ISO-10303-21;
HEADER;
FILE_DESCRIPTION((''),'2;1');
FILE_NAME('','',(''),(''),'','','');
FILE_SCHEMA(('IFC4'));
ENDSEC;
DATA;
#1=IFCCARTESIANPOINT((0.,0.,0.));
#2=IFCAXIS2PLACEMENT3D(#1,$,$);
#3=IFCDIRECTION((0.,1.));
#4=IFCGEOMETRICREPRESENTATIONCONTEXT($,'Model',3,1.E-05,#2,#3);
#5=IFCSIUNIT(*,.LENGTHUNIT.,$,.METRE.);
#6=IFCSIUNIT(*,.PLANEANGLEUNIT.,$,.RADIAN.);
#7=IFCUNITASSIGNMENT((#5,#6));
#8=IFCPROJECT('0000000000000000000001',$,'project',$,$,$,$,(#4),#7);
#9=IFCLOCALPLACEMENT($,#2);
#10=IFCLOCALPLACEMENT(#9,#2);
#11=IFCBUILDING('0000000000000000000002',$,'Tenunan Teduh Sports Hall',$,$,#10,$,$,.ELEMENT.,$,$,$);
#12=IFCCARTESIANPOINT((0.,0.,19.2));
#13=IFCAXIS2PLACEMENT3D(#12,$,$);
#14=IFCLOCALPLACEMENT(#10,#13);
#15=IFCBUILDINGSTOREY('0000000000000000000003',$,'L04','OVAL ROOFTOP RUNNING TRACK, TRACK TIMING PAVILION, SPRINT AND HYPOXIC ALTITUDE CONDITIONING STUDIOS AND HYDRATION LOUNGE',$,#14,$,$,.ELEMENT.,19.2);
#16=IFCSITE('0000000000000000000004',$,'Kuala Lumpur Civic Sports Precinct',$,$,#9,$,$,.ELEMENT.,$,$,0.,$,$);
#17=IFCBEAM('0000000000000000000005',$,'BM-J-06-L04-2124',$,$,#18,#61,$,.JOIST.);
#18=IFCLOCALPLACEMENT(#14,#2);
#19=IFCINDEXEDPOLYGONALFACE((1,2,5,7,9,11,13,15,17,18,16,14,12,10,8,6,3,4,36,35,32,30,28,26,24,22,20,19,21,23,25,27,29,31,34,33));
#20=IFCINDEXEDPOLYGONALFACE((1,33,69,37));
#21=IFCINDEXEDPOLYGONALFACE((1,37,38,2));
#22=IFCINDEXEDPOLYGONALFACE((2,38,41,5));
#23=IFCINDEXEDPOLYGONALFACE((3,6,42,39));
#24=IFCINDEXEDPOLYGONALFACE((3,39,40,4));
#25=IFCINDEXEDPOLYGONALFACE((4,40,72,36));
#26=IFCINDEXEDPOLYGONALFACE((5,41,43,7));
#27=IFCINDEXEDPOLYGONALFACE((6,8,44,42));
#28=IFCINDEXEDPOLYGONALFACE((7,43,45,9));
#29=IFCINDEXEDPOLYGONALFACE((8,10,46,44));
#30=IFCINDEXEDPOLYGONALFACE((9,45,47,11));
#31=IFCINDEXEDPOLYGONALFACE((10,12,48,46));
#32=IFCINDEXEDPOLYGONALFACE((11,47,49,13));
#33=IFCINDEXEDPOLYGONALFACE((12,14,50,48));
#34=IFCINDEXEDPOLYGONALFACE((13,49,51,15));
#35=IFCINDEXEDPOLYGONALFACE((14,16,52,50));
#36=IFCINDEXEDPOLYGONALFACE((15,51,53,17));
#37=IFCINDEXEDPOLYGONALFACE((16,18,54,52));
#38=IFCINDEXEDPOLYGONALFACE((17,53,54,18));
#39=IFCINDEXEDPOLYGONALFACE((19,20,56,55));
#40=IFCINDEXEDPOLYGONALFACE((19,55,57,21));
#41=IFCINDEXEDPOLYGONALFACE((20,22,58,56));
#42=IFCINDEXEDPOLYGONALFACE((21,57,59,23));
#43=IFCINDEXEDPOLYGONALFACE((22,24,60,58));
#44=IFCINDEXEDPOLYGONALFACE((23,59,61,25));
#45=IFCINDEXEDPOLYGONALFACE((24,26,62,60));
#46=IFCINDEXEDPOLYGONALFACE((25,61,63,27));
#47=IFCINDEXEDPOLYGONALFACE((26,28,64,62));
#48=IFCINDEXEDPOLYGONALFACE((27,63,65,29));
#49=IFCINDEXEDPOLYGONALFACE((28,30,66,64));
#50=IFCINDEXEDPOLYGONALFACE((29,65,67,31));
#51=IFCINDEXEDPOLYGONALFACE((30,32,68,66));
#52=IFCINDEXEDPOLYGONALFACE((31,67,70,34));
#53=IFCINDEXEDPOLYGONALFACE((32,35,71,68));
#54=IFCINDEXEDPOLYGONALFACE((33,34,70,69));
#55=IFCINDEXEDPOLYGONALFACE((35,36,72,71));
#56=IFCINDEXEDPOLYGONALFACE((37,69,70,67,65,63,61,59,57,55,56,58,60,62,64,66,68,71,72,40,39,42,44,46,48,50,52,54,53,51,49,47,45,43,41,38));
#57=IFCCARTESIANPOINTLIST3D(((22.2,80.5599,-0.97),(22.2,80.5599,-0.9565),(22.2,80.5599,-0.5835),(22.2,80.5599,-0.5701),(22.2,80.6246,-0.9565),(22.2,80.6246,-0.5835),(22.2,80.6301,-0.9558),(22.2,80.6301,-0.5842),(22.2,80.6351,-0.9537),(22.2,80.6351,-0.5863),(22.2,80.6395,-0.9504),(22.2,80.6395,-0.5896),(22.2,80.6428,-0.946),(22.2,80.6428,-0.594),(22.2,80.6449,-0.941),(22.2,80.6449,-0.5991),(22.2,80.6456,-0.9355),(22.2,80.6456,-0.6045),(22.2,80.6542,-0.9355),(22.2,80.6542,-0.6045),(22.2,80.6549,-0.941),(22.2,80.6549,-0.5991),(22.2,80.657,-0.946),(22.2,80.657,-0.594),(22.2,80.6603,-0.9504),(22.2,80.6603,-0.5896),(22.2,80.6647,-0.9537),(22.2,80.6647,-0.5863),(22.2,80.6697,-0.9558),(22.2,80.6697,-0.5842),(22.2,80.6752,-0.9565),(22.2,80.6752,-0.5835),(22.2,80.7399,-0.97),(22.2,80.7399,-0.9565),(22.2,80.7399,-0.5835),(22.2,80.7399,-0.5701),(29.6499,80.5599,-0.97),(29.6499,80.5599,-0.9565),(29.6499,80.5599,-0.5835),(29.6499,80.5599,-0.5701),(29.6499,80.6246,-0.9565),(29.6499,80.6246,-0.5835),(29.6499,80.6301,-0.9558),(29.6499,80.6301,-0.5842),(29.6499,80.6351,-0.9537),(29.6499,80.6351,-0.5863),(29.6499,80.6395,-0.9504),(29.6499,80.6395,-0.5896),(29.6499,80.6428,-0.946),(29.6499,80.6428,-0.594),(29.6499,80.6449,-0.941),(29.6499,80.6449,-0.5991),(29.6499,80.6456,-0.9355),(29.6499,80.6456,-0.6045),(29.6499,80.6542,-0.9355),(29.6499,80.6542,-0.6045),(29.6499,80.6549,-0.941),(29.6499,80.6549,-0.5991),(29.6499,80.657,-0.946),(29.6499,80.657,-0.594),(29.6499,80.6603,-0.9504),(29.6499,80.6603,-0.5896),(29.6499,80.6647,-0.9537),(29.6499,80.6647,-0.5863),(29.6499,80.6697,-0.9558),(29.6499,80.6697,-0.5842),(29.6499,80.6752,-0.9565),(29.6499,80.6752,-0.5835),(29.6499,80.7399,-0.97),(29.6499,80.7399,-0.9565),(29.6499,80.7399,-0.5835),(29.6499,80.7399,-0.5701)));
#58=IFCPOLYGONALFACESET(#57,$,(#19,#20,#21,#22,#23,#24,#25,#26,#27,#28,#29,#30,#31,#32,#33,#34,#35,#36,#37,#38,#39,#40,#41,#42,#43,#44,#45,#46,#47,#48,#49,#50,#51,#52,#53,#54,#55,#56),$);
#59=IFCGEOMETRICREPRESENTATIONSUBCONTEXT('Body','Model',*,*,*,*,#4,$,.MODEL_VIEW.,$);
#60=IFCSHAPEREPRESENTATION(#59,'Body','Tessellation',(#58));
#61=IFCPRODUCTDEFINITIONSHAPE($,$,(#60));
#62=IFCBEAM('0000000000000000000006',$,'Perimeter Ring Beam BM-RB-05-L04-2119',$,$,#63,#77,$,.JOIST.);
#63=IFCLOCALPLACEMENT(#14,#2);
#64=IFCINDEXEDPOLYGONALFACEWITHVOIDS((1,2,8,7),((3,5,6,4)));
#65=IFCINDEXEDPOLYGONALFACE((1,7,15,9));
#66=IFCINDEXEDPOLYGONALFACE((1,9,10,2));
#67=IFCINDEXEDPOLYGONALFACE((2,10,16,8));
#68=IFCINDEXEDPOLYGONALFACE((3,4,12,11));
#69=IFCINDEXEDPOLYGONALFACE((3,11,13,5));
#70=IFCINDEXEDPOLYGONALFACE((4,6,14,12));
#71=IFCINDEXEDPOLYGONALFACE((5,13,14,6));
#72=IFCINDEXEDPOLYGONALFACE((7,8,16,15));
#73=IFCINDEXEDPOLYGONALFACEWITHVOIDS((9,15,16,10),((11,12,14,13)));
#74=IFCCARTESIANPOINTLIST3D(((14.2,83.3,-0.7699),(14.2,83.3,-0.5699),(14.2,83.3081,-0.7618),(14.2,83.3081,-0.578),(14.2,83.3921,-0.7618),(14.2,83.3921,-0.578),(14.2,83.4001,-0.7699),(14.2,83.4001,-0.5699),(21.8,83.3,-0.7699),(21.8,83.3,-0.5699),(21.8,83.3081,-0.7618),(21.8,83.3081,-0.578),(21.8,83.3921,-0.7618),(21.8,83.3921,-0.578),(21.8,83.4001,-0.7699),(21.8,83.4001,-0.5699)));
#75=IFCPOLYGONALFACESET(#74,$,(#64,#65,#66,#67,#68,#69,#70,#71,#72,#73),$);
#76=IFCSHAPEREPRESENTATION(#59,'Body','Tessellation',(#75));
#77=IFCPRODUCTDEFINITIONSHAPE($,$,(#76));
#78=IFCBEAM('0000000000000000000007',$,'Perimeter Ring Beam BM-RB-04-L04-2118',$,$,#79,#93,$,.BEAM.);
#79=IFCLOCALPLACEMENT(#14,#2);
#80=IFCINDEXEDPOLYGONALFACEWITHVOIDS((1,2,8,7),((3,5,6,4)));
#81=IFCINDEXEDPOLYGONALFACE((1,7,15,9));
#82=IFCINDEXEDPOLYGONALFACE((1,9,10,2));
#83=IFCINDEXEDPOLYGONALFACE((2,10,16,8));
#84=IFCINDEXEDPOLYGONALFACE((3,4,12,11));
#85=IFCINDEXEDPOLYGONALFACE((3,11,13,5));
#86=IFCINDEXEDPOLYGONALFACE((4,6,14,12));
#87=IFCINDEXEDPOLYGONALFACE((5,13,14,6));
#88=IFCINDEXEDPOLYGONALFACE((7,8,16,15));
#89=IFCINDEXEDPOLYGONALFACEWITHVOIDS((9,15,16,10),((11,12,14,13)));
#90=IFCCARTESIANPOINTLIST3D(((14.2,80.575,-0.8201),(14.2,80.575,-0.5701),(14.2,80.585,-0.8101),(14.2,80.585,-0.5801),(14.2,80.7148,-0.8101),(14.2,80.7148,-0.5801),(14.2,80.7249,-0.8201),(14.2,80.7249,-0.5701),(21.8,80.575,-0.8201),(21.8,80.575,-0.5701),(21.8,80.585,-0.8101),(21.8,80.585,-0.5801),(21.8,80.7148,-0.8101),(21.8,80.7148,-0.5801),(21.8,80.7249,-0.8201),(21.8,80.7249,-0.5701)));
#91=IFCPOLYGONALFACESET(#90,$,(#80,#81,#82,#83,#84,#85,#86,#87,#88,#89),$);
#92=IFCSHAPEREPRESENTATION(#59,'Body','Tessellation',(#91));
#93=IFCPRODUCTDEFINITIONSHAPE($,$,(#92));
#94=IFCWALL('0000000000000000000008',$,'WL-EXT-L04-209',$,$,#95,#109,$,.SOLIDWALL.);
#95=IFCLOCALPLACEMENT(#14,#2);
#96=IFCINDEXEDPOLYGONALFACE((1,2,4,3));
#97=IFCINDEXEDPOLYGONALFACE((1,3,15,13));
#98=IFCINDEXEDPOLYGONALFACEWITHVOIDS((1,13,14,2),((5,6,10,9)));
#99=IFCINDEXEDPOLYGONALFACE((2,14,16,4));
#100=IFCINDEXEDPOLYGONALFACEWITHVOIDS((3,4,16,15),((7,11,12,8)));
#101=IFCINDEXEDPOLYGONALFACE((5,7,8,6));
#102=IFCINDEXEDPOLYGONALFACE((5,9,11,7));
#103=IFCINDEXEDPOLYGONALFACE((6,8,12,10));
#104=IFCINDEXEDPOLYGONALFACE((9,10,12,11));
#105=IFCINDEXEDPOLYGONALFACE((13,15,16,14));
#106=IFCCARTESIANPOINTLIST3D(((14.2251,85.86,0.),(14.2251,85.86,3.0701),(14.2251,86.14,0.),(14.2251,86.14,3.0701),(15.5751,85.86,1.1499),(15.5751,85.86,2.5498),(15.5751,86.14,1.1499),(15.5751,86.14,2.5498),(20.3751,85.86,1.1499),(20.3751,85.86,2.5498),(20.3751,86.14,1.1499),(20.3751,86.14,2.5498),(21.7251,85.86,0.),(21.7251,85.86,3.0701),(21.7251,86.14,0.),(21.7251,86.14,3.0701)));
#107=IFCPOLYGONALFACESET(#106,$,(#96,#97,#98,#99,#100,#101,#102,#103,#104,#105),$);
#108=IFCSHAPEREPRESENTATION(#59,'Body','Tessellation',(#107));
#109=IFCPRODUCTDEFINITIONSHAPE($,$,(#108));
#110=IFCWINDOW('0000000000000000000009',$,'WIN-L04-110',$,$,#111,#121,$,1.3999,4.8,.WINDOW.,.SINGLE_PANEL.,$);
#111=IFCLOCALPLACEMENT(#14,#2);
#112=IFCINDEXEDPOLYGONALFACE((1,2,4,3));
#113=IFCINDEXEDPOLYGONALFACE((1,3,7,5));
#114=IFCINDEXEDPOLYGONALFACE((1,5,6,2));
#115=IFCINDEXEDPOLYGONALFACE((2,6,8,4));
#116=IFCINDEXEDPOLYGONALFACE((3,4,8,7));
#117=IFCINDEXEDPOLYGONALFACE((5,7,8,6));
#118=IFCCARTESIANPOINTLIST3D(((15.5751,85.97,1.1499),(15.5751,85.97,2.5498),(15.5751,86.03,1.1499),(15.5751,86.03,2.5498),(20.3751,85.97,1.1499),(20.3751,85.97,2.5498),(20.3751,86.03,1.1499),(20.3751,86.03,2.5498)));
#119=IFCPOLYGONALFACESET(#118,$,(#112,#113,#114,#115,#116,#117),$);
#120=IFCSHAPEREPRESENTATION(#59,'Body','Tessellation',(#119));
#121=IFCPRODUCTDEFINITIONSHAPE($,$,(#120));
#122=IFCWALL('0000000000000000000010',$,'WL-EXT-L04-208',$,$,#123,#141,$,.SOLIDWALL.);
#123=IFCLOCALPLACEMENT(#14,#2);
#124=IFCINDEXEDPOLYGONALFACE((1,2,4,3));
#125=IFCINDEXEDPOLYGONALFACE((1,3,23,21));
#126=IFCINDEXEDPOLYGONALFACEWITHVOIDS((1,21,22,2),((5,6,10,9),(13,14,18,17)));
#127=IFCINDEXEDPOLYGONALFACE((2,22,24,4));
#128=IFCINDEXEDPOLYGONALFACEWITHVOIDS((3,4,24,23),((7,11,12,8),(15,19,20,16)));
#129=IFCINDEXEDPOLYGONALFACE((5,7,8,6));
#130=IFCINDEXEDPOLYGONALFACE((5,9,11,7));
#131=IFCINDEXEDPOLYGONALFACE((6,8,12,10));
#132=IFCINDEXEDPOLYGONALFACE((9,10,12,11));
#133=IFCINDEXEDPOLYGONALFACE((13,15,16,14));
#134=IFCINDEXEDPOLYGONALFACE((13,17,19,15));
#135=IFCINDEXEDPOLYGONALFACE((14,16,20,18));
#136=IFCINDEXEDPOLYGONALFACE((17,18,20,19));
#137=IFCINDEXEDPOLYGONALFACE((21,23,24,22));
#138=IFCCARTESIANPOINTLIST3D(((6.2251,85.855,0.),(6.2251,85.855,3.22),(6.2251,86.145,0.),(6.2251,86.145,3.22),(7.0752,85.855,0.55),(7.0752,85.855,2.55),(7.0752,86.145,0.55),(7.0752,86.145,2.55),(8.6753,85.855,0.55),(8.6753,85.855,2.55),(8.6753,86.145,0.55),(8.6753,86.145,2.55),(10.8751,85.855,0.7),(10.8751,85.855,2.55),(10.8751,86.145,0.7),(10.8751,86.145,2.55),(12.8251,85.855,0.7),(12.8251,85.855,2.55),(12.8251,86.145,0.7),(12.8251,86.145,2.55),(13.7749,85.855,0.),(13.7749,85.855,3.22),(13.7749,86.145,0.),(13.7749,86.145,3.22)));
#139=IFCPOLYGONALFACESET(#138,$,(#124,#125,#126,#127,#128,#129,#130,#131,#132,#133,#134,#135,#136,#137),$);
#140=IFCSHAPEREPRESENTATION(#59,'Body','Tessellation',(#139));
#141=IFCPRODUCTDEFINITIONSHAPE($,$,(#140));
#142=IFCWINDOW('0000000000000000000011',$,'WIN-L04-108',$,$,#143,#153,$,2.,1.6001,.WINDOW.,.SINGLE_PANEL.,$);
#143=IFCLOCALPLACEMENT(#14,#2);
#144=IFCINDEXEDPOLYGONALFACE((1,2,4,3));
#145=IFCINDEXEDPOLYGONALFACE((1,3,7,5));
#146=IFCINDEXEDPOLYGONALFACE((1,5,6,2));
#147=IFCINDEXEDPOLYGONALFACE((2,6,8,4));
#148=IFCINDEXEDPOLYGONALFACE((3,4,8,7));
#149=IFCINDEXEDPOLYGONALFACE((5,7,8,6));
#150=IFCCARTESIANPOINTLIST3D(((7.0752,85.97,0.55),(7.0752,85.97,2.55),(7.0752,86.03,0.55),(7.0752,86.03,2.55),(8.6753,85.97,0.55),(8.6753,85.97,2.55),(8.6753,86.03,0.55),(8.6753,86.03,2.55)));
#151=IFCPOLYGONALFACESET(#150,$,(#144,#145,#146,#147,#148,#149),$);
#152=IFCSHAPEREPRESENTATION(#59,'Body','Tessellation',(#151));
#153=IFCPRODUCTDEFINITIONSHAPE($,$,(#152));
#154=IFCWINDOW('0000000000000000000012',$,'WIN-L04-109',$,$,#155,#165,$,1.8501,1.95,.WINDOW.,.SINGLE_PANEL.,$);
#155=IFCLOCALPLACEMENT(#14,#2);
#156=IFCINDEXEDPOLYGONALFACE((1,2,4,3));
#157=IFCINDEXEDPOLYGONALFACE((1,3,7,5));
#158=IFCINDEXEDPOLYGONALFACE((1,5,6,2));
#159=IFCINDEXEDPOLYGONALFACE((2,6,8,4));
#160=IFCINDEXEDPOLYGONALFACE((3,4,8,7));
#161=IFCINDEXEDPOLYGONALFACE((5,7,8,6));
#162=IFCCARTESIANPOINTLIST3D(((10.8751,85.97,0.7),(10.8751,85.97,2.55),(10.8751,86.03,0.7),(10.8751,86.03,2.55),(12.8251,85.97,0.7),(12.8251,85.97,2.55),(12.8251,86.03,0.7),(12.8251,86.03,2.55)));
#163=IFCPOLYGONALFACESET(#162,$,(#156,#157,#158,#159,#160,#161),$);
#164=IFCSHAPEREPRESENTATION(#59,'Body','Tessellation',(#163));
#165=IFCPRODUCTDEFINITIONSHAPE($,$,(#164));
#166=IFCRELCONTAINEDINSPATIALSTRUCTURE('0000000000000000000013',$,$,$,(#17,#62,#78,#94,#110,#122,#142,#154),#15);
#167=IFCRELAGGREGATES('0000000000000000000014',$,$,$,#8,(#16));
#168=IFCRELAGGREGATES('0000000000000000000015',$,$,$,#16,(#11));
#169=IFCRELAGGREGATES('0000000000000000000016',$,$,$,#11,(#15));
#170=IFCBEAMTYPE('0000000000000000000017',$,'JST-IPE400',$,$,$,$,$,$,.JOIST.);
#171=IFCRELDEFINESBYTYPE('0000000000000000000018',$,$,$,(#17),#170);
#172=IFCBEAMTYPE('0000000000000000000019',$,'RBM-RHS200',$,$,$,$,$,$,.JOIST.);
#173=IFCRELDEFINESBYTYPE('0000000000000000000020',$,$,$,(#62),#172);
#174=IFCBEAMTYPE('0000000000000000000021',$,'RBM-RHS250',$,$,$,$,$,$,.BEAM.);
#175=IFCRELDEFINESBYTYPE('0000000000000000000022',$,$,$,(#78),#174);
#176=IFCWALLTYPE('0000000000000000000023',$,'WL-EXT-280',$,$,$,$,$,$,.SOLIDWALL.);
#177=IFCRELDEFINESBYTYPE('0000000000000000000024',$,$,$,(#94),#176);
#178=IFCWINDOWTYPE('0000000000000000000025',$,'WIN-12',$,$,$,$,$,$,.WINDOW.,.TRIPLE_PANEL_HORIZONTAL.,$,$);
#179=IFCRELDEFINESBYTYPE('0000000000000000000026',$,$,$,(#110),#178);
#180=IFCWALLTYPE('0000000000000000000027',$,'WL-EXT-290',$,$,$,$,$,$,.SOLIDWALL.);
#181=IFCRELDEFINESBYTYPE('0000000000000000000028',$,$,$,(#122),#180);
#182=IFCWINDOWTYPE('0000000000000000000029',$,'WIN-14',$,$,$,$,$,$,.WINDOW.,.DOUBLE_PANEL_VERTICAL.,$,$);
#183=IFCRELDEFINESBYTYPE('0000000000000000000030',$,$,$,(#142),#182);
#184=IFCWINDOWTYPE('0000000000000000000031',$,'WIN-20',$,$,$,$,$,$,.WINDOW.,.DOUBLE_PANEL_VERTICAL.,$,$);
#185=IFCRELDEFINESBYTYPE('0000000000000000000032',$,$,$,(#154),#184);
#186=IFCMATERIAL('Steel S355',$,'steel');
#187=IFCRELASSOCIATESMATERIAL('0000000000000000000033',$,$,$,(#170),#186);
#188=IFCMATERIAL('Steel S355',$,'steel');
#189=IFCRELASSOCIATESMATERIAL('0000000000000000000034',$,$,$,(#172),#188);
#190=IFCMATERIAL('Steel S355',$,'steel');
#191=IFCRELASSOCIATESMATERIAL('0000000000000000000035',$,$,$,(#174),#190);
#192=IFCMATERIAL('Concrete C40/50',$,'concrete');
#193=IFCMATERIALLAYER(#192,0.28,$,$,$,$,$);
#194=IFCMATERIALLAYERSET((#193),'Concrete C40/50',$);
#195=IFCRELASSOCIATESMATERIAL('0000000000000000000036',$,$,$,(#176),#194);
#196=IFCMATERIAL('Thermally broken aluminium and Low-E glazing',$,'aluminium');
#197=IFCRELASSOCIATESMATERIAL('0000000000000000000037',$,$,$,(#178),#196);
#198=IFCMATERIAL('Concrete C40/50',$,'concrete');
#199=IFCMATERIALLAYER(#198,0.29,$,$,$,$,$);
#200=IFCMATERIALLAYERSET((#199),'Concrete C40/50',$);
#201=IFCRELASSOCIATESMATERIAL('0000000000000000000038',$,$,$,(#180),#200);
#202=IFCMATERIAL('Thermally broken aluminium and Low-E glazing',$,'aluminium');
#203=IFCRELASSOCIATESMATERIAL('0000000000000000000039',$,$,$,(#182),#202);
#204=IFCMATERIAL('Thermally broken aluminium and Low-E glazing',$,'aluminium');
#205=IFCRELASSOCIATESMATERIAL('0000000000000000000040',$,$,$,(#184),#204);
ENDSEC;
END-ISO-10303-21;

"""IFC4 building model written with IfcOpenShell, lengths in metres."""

from ifc_helpers import new_model, si_unit, direction, frame, frame_2d, origin, origin_2d, place, context, subcontext, project, spatial, rectangle, hollow_rectangle, i_section, extrude, material, layer, layer_set, material_profile, profile_set, type_object, element, fill, save


model = new_model("IFC4")

# Units and contexts
model_context = context("Model", 3, precision=1e-05, world=origin(), true_north=direction((0.0, 1.0)))
body_context = subcontext(model_context, "Body", "Model", "MODEL_VIEW")
ifc_project = project(units=[si_unit("LENGTHUNIT", "METRE"), si_unit("PLANEANGLEUNIT", "RADIAN")], contexts=[model_context])

# Site, building, storey
site_placement = place(None, origin())
site = spatial("IfcSite", under=ifc_project, at=site_placement, Name="Kuala Lumpur Civic Sports Precinct", CompositionType="ELEMENT", RefElevation=0.0)
building_placement = place(site_placement, origin())
building = spatial("IfcBuilding", under=site, at=building_placement, Name="Tenunan Teduh Sports Hall", CompositionType="ELEMENT")
storey_placement = place(building_placement, frame((0.0, 0.0, 19.2)))
storey = spatial("IfcBuildingStorey", under=building, at=storey_placement, Name="L04", Description="OVAL ROOFTOP RUNNING TRACK, TRACK TIMING PAVILION, SPRINT AND HYPOXIC ALTITUDE CONDITIONING STUDIOS AND HYDRATION LOUNGE", CompositionType="ELEMENT", Elevation=19.2)

# Beams
ifc_material_1 = material(Name="Steel S355", Category="steel")
ifc_material_profile_1 = material_profile(ifc_material_1, i_section(OverallWidth=0.1799, OverallDepth=0.3999, WebThickness=0.0085, FlangeThickness=0.0134, FilletRadius=0.021, at=origin_2d()), Name="IPE 400")
ifc_profile_set_1 = profile_set([ifc_material_profile_1], Name="Steel S355")
beam_type_1 = type_object("IfcBeamType", Name="JST-IPE400", PredefinedType="JOIST", material=ifc_profile_set_1)
beam_1_placement = place(storey_placement, frame((22.2, 80.6499, -0.77), z_axis=(1.0, 0.0, 0.0), x_axis=(0.0, 1.0, 0.0)))
element("IfcBeam", 1, at=beam_1_placement, inside=storey, type_object=beam_type_1, Name="BM-J-06-L04-2124", PredefinedType="JOIST", context=body_context, shape_type="SweptSolid", body=[
    extrude(i_section(OverallWidth=0.1799, OverallDepth=0.3999, WebThickness=0.0085, FlangeThickness=0.0134, FilletRadius=0.021, at=origin_2d()), origin(), (0.0, 0.0, 1.0), 7.45),
])
ifc_material_2 = material(Name="Steel S355", Category="steel")
ifc_material_profile_2 = material_profile(ifc_material_2, hollow_rectangle(XDim=0.1001, YDim=0.2, WallThickness=0.0081, at=origin_2d()), Name="RHS 200x100x8.0")
ifc_profile_set_2 = profile_set([ifc_material_profile_2], Name="Steel S355")
beam_type_2 = type_object("IfcBeamType", Name="RBM-RHS200", PredefinedType="JOIST", material=ifc_profile_set_2)
beam_2_placement = place(storey_placement, frame((14.2, 83.3501, -0.6699), z_axis=(1.0, 0.0, 0.0), x_axis=(0.0, 1.0, 0.0)))
element("IfcBeam", 2, at=beam_2_placement, inside=storey, type_object=beam_type_2, Name="Perimeter Ring Beam BM-RB-05-L04-2119", PredefinedType="JOIST", context=body_context, shape_type="SweptSolid", body=[
    extrude(hollow_rectangle(XDim=0.1001, YDim=0.2, WallThickness=0.0081, at=origin_2d()), origin(), (0.0, 0.0, 1.0), 7.6001),
])
ifc_material_3 = material(Name="Steel S355", Category="steel")
ifc_material_profile_3 = material_profile(ifc_material_3, hollow_rectangle(XDim=0.1499, YDim=0.25, WallThickness=0.01, at=origin_2d()), Name="RHS 250x150x10.0")
ifc_profile_set_3 = profile_set([ifc_material_profile_3], Name="Steel S355")
beam_type_3 = type_object("IfcBeamType", Name="RBM-RHS250", PredefinedType="BEAM", material=ifc_profile_set_3)
beam_3_placement = place(storey_placement, frame((14.2, 80.6499, -0.6951), z_axis=(1.0, 0.0, 0.0), x_axis=(0.0, 1.0, 0.0)))
element("IfcBeam", 3, at=beam_3_placement, inside=storey, type_object=beam_type_3, Name="Perimeter Ring Beam BM-RB-04-L04-2118", PredefinedType="BEAM", context=body_context, shape_type="SweptSolid", body=[
    extrude(hollow_rectangle(XDim=0.1499, YDim=0.25, WallThickness=0.01, at=origin_2d()), origin(), (0.0, 0.0, 1.0), 7.6001),
])

# Wall, opening, window
ifc_material_4 = material(Name="Concrete C40/50", Category="concrete")
ifc_layer_1 = layer(ifc_material_4, 0.28)
ifc_layer_set_1 = layer_set([ifc_layer_1], Name="Concrete C40/50")
wall_type_1 = type_object("IfcWallType", Name="WL-EXT-280", PredefinedType="SOLIDWALL", material=ifc_layer_set_1)
wall_1_placement = place(storey_placement, frame((14.2251, 86.0, 0.0), z_axis=(0.0, 0.0, 1.0), x_axis=(1.0, 0.0, 0.0)))
wall_1 = element("IfcWall", 4, at=wall_1_placement, inside=storey, type_object=wall_type_1, Name="WL-EXT-L04-209", PredefinedType="SOLIDWALL", context=body_context, shape_type="SweptSolid", body=[
    extrude(rectangle(XDim=7.5, YDim=0.28, at=frame_2d((3.75, 0.0))), origin(), (0.0, 0.0, 1.0), 3.0701),
])
opening_1_placement = place(wall_1_placement, frame((1.3501, 0.0, 1.1499)))
opening_1 = element("IfcOpeningElement", 5, at=opening_1_placement, cuts=wall_1, PredefinedType="OPENING", context=body_context, shape_type="SweptSolid", body=[
    extrude(rectangle(XDim=4.8, YDim=1.3999, at=frame_2d((2.3999, 0.7))), frame((0.0, 0.1499, 0.0), z_axis=(0.0, -1.0, 0.0), x_axis=(1.0, 0.0, 0.0)), (0.0, 0.0, 1.0), 0.3),
])
ifc_material_5 = material(Name="Thermally broken aluminium and Low-E glazing", Category="aluminium")
window_type_1 = type_object("IfcWindowType", Name="WIN-12", PartitioningType="TRIPLE_PANEL_HORIZONTAL", PredefinedType="WINDOW", material=ifc_material_5)
window_1_placement = place(opening_1_placement, origin())
window_1 = element("IfcWindow", 6, at=window_1_placement, inside=storey, type_object=window_type_1, Name="WIN-L04-110", OverallHeight=1.3999, OverallWidth=4.8, PartitioningType="SINGLE_PANEL", PredefinedType="WINDOW", context=body_context, shape_type="SweptSolid", body=[
    extrude(rectangle(XDim=4.8, YDim=1.3999, at=frame_2d((2.3999, 0.7))), frame((0.0, 0.03, 0.0), z_axis=(0.0, -1.0, 0.0), x_axis=(1.0, 0.0, 0.0)), (0.0, 0.0, 1.0), 0.0601),
])
fill(opening_1, window_1)

# Wall, openings, windows
ifc_material_6 = material(Name="Concrete C40/50", Category="concrete")
ifc_layer_2 = layer(ifc_material_6, 0.29)
ifc_layer_set_2 = layer_set([ifc_layer_2], Name="Concrete C40/50")
wall_type_2 = type_object("IfcWallType", Name="WL-EXT-290", PredefinedType="SOLIDWALL", material=ifc_layer_set_2)
wall_2_placement = place(storey_placement, frame((6.2251, 86.0, 0.0), z_axis=(0.0, 0.0, 1.0), x_axis=(1.0, 0.0, 0.0)))
wall_2 = element("IfcWall", 7, at=wall_2_placement, inside=storey, type_object=wall_type_2, Name="WL-EXT-L04-208", PredefinedType="SOLIDWALL", context=body_context, shape_type="SweptSolid", body=[
    extrude(rectangle(XDim=7.5498, YDim=0.29, at=frame_2d((3.7749, 0.0))), origin(), (0.0, 0.0, 1.0), 3.22),
])
opening_2_placement = place(wall_2_placement, frame((0.8501, 0.0, 0.55)))
opening_2 = element("IfcOpeningElement", 8, at=opening_2_placement, cuts=wall_2, PredefinedType="OPENING", context=body_context, shape_type="SweptSolid", body=[
    extrude(rectangle(XDim=1.6001, YDim=2.0, at=frame_2d((0.8, 1.0))), frame((0.0, 0.155, 0.0), z_axis=(0.0, -1.0, 0.0), x_axis=(1.0, 0.0, 0.0)), (0.0, 0.0, 1.0), 0.3101),
])
opening_3_placement = place(wall_2_placement, frame((4.6499, 0.0, 0.7)))
opening_3 = element("IfcOpeningElement", 9, at=opening_3_placement, cuts=wall_2, PredefinedType="OPENING", context=body_context, shape_type="SweptSolid", body=[
    extrude(rectangle(XDim=1.95, YDim=1.8501, at=frame_2d((0.9751, 0.925))), frame((0.0, 0.155, 0.0), z_axis=(0.0, -1.0, 0.0), x_axis=(1.0, 0.0, 0.0)), (0.0, 0.0, 1.0), 0.3101),
])
ifc_material_7 = material(Name="Thermally broken aluminium and Low-E glazing", Category="aluminium")
window_type_2 = type_object("IfcWindowType", Name="WIN-14", PartitioningType="DOUBLE_PANEL_VERTICAL", PredefinedType="WINDOW", material=ifc_material_7)
window_2_placement = place(opening_2_placement, origin())
window_2 = element("IfcWindow", 10, at=window_2_placement, inside=storey, type_object=window_type_2, Name="WIN-L04-108", OverallHeight=2.0, OverallWidth=1.6001, PartitioningType="SINGLE_PANEL", PredefinedType="WINDOW", context=body_context, shape_type="SweptSolid", body=[
    extrude(rectangle(XDim=1.6001, YDim=2.0, at=frame_2d((0.8, 1.0))), frame((0.0, 0.03, 0.0), z_axis=(0.0, -1.0, 0.0), x_axis=(1.0, 0.0, 0.0)), (0.0, 0.0, 1.0), 0.0601),
])
fill(opening_2, window_2)
ifc_material_8 = material(Name="Thermally broken aluminium and Low-E glazing", Category="aluminium")
window_type_3 = type_object("IfcWindowType", Name="WIN-20", PartitioningType="DOUBLE_PANEL_VERTICAL", PredefinedType="WINDOW", material=ifc_material_8)
window_3_placement = place(opening_3_placement, origin())
window_3 = element("IfcWindow", 11, at=window_3_placement, inside=storey, type_object=window_type_3, Name="WIN-L04-109", OverallHeight=1.8501, OverallWidth=1.95, PartitioningType="SINGLE_PANEL", PredefinedType="WINDOW", context=body_context, shape_type="SweptSolid", body=[
    extrude(rectangle(XDim=1.95, YDim=1.8501, at=frame_2d((0.9751, 0.925))), frame((0.0, 0.03, 0.0), z_axis=(0.0, -1.0, 0.0), x_axis=(1.0, 0.0, 0.0)), (0.0, 0.0, 1.0), 0.0601),
])
fill(opening_3, window_3)

save(model, "model.ifc")
